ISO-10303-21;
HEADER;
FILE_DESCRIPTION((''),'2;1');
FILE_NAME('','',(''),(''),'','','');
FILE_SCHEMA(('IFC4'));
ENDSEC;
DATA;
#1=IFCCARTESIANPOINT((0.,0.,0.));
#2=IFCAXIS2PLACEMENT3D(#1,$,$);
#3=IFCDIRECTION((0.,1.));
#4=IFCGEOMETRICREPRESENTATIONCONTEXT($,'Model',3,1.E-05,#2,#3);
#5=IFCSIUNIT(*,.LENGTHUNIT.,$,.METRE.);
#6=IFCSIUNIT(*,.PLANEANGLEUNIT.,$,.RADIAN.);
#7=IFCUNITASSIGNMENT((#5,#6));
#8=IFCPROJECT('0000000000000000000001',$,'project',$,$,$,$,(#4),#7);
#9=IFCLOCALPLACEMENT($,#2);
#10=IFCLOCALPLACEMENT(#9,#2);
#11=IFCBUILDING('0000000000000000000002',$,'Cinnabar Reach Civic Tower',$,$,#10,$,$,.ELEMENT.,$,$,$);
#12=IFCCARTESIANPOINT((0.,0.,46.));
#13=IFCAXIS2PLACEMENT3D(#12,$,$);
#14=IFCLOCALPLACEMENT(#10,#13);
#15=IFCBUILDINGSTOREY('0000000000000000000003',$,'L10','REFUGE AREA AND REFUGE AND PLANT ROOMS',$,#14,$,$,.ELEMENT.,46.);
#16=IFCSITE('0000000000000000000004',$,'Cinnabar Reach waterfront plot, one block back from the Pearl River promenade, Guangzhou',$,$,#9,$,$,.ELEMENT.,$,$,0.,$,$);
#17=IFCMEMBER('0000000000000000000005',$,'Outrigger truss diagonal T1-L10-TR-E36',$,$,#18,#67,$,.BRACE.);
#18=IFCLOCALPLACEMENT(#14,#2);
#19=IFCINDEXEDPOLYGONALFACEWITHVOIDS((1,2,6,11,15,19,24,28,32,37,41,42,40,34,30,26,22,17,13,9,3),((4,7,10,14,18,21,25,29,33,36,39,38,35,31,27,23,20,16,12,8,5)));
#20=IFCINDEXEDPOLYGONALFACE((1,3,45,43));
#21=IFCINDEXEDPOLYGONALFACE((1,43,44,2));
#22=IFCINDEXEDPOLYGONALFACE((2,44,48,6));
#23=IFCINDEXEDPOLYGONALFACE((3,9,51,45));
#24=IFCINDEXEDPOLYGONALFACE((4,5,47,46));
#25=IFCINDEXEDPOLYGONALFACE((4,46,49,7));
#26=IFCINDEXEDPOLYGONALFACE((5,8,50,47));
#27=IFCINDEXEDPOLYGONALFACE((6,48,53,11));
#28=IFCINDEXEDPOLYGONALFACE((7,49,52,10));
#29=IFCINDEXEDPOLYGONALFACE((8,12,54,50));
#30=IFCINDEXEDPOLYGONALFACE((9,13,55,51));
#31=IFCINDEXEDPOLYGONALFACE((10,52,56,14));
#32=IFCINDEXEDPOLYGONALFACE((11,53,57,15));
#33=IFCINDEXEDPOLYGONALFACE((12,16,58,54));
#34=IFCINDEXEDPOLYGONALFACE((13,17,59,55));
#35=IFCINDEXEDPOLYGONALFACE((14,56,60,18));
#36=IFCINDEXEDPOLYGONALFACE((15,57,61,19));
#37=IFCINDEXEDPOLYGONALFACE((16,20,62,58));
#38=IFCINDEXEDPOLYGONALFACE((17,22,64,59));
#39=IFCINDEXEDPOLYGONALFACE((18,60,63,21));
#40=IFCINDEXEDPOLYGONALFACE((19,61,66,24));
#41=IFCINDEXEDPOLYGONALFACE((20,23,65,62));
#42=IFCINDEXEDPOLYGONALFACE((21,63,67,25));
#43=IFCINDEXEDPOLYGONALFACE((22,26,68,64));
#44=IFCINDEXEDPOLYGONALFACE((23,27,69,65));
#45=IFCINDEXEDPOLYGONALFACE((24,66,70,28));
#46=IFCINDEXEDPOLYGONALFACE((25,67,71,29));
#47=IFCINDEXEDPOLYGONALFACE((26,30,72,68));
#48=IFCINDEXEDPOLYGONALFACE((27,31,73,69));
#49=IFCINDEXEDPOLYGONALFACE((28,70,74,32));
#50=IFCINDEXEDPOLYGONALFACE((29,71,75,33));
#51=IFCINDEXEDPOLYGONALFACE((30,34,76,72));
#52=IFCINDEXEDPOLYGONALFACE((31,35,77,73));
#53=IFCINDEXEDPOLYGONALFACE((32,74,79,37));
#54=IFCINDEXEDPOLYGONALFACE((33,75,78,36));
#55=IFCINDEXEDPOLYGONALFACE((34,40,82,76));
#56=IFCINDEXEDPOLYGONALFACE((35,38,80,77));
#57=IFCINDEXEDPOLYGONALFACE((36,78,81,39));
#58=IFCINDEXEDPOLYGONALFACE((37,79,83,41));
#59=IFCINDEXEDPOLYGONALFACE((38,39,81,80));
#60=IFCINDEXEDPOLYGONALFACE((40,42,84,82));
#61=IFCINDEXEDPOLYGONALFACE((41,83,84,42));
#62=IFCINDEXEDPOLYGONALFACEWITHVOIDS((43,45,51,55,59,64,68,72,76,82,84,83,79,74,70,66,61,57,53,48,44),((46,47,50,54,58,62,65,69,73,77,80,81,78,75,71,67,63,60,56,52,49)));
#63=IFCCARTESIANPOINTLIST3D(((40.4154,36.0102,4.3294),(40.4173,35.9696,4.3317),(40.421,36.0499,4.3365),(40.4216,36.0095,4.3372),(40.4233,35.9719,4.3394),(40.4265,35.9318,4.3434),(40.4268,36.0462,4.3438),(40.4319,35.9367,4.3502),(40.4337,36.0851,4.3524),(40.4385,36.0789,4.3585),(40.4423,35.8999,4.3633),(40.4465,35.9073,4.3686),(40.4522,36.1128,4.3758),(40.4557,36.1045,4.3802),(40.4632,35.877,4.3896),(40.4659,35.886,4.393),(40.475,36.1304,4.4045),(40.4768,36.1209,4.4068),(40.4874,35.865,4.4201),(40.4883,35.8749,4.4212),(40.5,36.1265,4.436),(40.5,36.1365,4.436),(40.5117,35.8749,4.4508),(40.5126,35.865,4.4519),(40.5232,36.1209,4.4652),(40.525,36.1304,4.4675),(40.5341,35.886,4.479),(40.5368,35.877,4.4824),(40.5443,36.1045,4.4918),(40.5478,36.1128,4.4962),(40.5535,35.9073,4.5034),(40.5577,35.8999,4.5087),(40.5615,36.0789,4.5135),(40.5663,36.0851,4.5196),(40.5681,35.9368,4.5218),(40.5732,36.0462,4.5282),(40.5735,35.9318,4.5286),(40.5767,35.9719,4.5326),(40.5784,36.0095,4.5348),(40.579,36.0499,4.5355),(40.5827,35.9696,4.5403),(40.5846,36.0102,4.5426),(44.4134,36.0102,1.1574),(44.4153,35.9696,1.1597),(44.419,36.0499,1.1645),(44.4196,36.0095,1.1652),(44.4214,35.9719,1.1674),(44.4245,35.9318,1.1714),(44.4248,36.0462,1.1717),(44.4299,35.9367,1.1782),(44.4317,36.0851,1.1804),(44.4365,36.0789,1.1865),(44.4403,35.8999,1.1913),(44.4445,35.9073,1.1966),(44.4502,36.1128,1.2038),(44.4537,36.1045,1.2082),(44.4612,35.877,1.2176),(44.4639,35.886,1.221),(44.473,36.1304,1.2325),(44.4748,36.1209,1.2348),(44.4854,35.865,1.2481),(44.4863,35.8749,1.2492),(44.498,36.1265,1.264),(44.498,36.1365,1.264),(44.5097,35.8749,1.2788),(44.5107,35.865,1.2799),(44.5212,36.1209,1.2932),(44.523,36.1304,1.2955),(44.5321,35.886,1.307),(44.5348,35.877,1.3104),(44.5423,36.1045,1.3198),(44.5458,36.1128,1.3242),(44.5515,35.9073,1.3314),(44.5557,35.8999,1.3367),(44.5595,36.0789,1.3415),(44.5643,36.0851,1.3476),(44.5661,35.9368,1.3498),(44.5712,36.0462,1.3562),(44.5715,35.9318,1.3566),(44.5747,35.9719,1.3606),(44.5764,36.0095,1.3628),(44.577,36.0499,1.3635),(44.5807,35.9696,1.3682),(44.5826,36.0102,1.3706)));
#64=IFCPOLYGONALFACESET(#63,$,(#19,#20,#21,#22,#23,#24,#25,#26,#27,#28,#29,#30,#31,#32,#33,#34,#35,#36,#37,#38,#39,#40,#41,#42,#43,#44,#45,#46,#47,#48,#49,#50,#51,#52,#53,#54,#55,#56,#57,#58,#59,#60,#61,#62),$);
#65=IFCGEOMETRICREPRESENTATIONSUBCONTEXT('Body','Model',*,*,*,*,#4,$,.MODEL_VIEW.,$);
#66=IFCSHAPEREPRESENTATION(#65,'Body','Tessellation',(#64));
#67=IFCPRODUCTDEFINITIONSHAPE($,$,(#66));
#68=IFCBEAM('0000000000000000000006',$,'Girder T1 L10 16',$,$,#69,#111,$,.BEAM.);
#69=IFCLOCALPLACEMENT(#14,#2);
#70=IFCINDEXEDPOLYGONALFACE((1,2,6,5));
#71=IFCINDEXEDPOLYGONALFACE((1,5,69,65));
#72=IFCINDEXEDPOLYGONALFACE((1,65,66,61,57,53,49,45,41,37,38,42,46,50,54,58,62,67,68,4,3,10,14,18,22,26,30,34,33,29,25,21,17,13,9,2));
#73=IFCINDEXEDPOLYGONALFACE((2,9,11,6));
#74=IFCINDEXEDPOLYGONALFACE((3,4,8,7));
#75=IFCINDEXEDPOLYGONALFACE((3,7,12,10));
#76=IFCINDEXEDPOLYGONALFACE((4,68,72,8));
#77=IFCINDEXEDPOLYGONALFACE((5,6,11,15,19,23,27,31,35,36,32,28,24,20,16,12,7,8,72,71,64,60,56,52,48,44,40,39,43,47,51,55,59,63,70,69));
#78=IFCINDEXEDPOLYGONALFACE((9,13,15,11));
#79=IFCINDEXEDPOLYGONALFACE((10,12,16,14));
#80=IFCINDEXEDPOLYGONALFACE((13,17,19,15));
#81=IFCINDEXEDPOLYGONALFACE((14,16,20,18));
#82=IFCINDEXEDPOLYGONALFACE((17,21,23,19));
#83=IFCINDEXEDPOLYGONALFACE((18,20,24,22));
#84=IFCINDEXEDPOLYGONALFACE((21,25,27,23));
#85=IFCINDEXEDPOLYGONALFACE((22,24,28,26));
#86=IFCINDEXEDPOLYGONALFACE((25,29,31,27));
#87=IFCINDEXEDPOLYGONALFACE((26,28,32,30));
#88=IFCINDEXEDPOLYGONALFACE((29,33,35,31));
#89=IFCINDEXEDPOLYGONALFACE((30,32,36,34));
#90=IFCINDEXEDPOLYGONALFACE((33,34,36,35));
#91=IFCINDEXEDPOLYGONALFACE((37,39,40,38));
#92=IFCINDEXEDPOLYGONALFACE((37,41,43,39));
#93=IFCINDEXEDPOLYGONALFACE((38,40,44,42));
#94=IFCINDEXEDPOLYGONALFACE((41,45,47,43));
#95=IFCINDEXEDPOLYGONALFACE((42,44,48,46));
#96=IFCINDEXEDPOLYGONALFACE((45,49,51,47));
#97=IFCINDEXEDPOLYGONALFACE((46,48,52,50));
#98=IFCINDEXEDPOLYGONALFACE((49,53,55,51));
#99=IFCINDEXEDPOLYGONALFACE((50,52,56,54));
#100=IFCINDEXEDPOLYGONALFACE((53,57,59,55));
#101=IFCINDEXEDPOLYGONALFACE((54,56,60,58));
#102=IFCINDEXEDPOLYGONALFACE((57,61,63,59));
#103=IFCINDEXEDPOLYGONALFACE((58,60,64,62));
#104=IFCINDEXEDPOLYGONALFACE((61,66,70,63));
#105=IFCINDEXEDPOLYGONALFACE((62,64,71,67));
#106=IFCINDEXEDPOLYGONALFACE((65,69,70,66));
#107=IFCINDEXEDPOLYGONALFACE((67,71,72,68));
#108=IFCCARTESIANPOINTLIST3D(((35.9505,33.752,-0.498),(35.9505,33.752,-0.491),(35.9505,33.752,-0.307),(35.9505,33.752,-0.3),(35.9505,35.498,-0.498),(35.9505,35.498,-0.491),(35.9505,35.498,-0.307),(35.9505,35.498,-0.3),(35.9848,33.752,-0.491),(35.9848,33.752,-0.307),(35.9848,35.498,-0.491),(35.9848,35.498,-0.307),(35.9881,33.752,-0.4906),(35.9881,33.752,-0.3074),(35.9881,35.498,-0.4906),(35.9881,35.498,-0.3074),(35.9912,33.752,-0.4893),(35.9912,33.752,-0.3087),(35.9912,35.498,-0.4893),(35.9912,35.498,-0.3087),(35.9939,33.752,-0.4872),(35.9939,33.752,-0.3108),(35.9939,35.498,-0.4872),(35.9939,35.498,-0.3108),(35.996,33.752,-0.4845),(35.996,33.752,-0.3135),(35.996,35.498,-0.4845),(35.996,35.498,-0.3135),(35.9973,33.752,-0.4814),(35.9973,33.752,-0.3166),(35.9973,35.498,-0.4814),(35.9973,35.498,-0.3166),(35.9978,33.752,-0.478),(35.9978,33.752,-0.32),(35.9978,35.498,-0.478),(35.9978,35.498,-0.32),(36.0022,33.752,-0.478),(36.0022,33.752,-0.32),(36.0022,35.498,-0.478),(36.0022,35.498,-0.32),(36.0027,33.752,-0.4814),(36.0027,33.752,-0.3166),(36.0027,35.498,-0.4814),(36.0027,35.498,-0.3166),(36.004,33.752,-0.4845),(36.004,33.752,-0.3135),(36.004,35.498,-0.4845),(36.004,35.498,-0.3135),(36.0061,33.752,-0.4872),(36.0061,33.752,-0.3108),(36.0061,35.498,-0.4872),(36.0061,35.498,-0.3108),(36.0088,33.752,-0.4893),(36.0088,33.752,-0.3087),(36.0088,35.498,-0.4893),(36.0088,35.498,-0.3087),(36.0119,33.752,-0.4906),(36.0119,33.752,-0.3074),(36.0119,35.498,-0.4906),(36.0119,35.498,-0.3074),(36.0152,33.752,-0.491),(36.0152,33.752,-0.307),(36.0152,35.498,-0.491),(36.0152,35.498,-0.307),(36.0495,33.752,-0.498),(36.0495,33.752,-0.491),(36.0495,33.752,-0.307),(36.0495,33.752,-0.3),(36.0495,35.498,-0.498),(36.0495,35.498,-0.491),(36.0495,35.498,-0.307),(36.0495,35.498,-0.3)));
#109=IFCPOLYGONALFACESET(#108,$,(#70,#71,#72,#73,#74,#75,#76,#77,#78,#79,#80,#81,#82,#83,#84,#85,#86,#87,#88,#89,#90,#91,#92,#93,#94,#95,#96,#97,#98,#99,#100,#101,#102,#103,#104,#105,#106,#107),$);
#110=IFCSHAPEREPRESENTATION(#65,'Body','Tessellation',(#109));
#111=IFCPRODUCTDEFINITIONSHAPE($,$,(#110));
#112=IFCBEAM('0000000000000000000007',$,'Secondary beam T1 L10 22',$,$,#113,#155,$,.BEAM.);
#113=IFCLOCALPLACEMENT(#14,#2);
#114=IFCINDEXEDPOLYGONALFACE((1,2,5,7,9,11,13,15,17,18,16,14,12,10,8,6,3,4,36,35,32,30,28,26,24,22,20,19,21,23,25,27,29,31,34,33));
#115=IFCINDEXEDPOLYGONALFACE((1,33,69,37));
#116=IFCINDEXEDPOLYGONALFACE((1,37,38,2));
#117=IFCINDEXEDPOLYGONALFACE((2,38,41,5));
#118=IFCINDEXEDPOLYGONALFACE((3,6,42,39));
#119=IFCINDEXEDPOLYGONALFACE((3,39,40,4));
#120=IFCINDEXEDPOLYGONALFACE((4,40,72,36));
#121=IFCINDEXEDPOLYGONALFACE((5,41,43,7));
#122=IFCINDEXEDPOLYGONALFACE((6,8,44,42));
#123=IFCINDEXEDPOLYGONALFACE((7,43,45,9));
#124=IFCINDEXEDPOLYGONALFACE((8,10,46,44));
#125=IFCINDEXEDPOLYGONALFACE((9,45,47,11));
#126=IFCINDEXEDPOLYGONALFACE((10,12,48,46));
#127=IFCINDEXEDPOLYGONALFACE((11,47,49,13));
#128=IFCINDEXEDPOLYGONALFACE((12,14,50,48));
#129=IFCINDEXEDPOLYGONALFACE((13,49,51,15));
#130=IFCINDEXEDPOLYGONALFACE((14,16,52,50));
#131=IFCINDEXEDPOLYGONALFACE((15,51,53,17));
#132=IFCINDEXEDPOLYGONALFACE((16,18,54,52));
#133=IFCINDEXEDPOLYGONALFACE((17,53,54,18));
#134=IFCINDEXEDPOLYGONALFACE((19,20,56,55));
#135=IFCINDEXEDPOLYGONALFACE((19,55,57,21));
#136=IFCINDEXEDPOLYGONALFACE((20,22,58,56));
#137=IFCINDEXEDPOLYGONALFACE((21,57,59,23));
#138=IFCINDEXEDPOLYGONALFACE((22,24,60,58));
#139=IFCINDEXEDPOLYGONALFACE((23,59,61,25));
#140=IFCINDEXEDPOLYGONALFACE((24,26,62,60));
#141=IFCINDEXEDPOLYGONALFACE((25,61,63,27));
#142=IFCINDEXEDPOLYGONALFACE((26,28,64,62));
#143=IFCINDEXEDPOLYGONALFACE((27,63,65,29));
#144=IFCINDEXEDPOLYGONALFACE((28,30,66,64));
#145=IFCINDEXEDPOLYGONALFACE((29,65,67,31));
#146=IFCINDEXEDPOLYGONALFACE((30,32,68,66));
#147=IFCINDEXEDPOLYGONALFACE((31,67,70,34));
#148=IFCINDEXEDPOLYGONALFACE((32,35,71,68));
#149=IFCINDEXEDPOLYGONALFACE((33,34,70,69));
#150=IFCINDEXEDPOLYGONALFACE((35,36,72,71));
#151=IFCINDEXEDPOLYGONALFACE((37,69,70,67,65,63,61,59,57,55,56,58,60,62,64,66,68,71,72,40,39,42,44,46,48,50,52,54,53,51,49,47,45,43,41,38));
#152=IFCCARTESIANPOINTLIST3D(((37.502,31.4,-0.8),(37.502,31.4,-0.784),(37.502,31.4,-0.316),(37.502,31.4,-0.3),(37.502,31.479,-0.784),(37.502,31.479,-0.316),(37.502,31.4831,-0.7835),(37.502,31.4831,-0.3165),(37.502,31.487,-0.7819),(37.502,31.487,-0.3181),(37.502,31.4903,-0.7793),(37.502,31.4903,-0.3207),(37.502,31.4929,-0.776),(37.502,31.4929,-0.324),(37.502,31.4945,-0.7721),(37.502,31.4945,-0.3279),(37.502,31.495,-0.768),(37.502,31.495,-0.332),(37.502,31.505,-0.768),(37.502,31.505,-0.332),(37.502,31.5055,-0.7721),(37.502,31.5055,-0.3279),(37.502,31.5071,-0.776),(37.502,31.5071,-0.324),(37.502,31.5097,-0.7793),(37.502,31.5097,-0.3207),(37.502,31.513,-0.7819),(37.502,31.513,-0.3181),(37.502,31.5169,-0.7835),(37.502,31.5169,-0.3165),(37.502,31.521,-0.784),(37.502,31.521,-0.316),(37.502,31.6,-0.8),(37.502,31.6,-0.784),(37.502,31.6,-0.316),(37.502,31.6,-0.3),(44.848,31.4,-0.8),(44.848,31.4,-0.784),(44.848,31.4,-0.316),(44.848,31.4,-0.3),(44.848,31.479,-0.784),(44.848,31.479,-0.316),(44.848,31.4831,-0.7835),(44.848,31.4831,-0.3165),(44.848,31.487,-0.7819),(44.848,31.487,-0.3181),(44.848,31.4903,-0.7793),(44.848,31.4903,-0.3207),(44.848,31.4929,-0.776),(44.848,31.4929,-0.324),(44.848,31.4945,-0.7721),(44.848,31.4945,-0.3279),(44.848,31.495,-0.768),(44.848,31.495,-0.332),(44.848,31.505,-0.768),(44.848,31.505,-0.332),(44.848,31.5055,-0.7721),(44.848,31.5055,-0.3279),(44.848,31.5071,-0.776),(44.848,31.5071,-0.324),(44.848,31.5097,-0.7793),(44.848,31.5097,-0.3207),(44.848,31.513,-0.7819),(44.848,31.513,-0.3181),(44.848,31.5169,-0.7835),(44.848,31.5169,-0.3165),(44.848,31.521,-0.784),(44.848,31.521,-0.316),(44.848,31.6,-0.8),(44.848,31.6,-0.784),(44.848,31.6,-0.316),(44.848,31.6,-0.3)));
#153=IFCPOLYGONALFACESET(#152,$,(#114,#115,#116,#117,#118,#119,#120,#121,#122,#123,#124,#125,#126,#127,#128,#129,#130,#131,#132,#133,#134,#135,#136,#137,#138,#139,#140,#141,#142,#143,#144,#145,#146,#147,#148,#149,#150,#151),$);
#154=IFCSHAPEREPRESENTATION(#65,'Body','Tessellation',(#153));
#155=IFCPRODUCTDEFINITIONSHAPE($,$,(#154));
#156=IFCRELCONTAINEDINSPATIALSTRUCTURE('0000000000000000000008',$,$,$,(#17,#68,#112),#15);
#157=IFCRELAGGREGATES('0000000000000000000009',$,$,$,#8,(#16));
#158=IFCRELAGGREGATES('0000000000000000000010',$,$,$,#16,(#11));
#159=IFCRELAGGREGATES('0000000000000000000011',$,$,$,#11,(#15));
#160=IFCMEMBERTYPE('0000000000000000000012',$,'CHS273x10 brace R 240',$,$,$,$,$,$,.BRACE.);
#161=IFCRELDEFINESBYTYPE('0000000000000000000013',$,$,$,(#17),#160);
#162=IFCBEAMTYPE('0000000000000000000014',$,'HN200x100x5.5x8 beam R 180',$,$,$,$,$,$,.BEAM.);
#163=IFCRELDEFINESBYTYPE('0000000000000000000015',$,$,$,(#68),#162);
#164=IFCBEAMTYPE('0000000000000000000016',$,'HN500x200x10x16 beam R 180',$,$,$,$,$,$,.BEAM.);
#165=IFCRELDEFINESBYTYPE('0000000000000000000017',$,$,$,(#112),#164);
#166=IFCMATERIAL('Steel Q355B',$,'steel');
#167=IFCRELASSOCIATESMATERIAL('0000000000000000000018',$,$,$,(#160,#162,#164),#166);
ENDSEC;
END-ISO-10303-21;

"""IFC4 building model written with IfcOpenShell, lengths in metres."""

from ifc_helpers import new_model, si_unit, direction, frame, origin, origin_2d, place, context, subcontext, project, spatial, hollow_circle, i_section, extrude, material, material_profile, profile_set, type_object, element, save


model = new_model("IFC4")

# Units and contexts
model_context = context("Model", 3, precision=1e-05, world=origin(), true_north=direction((0.0, 1.0)))
body_context = subcontext(model_context, "Body", "Model", "MODEL_VIEW")
ifc_project = project(units=[si_unit("LENGTHUNIT", "METRE"), si_unit("PLANEANGLEUNIT", "RADIAN")], contexts=[model_context])

# Site, building, storey
site_placement = place(None, origin())
site = spatial("IfcSite", under=ifc_project, at=site_placement, Name="Cinnabar Reach waterfront plot, one block back from the Pearl River promenade, Guangzhou", CompositionType="ELEMENT", RefElevation=0.0)
building_placement = place(site_placement, origin())
building = spatial("IfcBuilding", under=site, at=building_placement, Name="Cinnabar Reach Civic Tower", CompositionType="ELEMENT")
storey_placement = place(building_placement, frame((0.0, 0.0, 46.0)))
storey = spatial("IfcBuildingStorey", under=building, at=storey_placement, Name="L10", Description="REFUGE AREA AND REFUGE AND PLANT ROOMS", CompositionType="ELEMENT", Elevation=46.0)

# Shared definitions
ifc_material_1 = material(Name="Steel Q355B", Category="steel")

# Member
ifc_material_profile_1 = material_profile(ifc_material_1, hollow_circle(Radius=0.1365, WallThickness=0.01, at=origin_2d()), Name="CHS273x10")
ifc_profile_set_1 = profile_set([ifc_material_profile_1], Name="Steel Q355B")
member_type_1 = type_object("IfcMemberType", Name="CHS273x10 brace R 240", PredefinedType="BRACE", material=ifc_profile_set_1)
for number, where, z_axis, x_axis, name in (
    (1, (40.5, 36.0, 4.436), (0.783386, 0.0, -0.621536), (0.0, 1.0, 0.0), "Outrigger truss diagonal T1-L10-TR-E36"),
):
    element("IfcMember", number, at=place(storey_placement, frame(where, z_axis=z_axis, x_axis=x_axis)), inside=storey, type_object=member_type_1, Name=name, PredefinedType="BRACE", context=body_context, shape_type="SweptSolid", body=[
        extrude(hollow_circle(Radius=0.1365, WallThickness=0.01, at=origin_2d()), origin(), (0.0, 0.0, 1.0), 5.1035),
    ])

# Beams
ifc_material_profile_2 = material_profile(ifc_material_1, i_section(OverallWidth=0.099, OverallDepth=0.198, WebThickness=0.0045, FlangeThickness=0.007, FilletRadius=0.013, at=origin_2d()), Name="HN200x100x5.5x8")
ifc_profile_set_2 = profile_set([ifc_material_profile_2], Name="Steel Q355B")
beam_type_1 = type_object("IfcBeamType", Name="HN200x100x5.5x8 beam R 180", PredefinedType="BEAM", material=ifc_profile_set_2)
beam_1_placement = place(storey_placement, frame((36.0, 33.752, -0.399), z_axis=(0.0, 1.0, 0.0), x_axis=(-1.0, 0.0, 0.0)))
element("IfcBeam", 2, at=beam_1_placement, inside=storey, type_object=beam_type_1, Name="Girder T1 L10 16", PredefinedType="BEAM", context=body_context, shape_type="SweptSolid", body=[
    extrude(i_section(OverallWidth=0.099, OverallDepth=0.198, WebThickness=0.0045, FlangeThickness=0.007, FilletRadius=0.013, at=origin_2d()), origin(), (0.0, 0.0, 1.0), 1.746),
])
ifc_material_profile_3 = material_profile(ifc_material_1, i_section(OverallWidth=0.2, OverallDepth=0.5, WebThickness=0.01, FlangeThickness=0.016, FilletRadius=0.016, at=origin_2d()), Name="HN500x200x10x16")
ifc_profile_set_3 = profile_set([ifc_material_profile_3], Name="Steel Q355B")
beam_type_2 = type_object("IfcBeamType", Name="HN500x200x10x16 beam R 180", PredefinedType="BEAM", material=ifc_profile_set_3)
beam_2_placement = place(storey_placement, frame((37.502, 31.5, -0.55), z_axis=(1.0, 0.0, 0.0), x_axis=(0.0, 1.0, 0.0)))
element("IfcBeam", 3, at=beam_2_placement, inside=storey, type_object=beam_type_2, Name="Secondary beam T1 L10 22", PredefinedType="BEAM", context=body_context, shape_type="SweptSolid", body=[
    extrude(i_section(OverallWidth=0.2, OverallDepth=0.5, WebThickness=0.01, FlangeThickness=0.016, FilletRadius=0.016, at=origin_2d()), origin(), (0.0, 0.0, 1.0), 7.346),
])

save(model, "model.ifc")
